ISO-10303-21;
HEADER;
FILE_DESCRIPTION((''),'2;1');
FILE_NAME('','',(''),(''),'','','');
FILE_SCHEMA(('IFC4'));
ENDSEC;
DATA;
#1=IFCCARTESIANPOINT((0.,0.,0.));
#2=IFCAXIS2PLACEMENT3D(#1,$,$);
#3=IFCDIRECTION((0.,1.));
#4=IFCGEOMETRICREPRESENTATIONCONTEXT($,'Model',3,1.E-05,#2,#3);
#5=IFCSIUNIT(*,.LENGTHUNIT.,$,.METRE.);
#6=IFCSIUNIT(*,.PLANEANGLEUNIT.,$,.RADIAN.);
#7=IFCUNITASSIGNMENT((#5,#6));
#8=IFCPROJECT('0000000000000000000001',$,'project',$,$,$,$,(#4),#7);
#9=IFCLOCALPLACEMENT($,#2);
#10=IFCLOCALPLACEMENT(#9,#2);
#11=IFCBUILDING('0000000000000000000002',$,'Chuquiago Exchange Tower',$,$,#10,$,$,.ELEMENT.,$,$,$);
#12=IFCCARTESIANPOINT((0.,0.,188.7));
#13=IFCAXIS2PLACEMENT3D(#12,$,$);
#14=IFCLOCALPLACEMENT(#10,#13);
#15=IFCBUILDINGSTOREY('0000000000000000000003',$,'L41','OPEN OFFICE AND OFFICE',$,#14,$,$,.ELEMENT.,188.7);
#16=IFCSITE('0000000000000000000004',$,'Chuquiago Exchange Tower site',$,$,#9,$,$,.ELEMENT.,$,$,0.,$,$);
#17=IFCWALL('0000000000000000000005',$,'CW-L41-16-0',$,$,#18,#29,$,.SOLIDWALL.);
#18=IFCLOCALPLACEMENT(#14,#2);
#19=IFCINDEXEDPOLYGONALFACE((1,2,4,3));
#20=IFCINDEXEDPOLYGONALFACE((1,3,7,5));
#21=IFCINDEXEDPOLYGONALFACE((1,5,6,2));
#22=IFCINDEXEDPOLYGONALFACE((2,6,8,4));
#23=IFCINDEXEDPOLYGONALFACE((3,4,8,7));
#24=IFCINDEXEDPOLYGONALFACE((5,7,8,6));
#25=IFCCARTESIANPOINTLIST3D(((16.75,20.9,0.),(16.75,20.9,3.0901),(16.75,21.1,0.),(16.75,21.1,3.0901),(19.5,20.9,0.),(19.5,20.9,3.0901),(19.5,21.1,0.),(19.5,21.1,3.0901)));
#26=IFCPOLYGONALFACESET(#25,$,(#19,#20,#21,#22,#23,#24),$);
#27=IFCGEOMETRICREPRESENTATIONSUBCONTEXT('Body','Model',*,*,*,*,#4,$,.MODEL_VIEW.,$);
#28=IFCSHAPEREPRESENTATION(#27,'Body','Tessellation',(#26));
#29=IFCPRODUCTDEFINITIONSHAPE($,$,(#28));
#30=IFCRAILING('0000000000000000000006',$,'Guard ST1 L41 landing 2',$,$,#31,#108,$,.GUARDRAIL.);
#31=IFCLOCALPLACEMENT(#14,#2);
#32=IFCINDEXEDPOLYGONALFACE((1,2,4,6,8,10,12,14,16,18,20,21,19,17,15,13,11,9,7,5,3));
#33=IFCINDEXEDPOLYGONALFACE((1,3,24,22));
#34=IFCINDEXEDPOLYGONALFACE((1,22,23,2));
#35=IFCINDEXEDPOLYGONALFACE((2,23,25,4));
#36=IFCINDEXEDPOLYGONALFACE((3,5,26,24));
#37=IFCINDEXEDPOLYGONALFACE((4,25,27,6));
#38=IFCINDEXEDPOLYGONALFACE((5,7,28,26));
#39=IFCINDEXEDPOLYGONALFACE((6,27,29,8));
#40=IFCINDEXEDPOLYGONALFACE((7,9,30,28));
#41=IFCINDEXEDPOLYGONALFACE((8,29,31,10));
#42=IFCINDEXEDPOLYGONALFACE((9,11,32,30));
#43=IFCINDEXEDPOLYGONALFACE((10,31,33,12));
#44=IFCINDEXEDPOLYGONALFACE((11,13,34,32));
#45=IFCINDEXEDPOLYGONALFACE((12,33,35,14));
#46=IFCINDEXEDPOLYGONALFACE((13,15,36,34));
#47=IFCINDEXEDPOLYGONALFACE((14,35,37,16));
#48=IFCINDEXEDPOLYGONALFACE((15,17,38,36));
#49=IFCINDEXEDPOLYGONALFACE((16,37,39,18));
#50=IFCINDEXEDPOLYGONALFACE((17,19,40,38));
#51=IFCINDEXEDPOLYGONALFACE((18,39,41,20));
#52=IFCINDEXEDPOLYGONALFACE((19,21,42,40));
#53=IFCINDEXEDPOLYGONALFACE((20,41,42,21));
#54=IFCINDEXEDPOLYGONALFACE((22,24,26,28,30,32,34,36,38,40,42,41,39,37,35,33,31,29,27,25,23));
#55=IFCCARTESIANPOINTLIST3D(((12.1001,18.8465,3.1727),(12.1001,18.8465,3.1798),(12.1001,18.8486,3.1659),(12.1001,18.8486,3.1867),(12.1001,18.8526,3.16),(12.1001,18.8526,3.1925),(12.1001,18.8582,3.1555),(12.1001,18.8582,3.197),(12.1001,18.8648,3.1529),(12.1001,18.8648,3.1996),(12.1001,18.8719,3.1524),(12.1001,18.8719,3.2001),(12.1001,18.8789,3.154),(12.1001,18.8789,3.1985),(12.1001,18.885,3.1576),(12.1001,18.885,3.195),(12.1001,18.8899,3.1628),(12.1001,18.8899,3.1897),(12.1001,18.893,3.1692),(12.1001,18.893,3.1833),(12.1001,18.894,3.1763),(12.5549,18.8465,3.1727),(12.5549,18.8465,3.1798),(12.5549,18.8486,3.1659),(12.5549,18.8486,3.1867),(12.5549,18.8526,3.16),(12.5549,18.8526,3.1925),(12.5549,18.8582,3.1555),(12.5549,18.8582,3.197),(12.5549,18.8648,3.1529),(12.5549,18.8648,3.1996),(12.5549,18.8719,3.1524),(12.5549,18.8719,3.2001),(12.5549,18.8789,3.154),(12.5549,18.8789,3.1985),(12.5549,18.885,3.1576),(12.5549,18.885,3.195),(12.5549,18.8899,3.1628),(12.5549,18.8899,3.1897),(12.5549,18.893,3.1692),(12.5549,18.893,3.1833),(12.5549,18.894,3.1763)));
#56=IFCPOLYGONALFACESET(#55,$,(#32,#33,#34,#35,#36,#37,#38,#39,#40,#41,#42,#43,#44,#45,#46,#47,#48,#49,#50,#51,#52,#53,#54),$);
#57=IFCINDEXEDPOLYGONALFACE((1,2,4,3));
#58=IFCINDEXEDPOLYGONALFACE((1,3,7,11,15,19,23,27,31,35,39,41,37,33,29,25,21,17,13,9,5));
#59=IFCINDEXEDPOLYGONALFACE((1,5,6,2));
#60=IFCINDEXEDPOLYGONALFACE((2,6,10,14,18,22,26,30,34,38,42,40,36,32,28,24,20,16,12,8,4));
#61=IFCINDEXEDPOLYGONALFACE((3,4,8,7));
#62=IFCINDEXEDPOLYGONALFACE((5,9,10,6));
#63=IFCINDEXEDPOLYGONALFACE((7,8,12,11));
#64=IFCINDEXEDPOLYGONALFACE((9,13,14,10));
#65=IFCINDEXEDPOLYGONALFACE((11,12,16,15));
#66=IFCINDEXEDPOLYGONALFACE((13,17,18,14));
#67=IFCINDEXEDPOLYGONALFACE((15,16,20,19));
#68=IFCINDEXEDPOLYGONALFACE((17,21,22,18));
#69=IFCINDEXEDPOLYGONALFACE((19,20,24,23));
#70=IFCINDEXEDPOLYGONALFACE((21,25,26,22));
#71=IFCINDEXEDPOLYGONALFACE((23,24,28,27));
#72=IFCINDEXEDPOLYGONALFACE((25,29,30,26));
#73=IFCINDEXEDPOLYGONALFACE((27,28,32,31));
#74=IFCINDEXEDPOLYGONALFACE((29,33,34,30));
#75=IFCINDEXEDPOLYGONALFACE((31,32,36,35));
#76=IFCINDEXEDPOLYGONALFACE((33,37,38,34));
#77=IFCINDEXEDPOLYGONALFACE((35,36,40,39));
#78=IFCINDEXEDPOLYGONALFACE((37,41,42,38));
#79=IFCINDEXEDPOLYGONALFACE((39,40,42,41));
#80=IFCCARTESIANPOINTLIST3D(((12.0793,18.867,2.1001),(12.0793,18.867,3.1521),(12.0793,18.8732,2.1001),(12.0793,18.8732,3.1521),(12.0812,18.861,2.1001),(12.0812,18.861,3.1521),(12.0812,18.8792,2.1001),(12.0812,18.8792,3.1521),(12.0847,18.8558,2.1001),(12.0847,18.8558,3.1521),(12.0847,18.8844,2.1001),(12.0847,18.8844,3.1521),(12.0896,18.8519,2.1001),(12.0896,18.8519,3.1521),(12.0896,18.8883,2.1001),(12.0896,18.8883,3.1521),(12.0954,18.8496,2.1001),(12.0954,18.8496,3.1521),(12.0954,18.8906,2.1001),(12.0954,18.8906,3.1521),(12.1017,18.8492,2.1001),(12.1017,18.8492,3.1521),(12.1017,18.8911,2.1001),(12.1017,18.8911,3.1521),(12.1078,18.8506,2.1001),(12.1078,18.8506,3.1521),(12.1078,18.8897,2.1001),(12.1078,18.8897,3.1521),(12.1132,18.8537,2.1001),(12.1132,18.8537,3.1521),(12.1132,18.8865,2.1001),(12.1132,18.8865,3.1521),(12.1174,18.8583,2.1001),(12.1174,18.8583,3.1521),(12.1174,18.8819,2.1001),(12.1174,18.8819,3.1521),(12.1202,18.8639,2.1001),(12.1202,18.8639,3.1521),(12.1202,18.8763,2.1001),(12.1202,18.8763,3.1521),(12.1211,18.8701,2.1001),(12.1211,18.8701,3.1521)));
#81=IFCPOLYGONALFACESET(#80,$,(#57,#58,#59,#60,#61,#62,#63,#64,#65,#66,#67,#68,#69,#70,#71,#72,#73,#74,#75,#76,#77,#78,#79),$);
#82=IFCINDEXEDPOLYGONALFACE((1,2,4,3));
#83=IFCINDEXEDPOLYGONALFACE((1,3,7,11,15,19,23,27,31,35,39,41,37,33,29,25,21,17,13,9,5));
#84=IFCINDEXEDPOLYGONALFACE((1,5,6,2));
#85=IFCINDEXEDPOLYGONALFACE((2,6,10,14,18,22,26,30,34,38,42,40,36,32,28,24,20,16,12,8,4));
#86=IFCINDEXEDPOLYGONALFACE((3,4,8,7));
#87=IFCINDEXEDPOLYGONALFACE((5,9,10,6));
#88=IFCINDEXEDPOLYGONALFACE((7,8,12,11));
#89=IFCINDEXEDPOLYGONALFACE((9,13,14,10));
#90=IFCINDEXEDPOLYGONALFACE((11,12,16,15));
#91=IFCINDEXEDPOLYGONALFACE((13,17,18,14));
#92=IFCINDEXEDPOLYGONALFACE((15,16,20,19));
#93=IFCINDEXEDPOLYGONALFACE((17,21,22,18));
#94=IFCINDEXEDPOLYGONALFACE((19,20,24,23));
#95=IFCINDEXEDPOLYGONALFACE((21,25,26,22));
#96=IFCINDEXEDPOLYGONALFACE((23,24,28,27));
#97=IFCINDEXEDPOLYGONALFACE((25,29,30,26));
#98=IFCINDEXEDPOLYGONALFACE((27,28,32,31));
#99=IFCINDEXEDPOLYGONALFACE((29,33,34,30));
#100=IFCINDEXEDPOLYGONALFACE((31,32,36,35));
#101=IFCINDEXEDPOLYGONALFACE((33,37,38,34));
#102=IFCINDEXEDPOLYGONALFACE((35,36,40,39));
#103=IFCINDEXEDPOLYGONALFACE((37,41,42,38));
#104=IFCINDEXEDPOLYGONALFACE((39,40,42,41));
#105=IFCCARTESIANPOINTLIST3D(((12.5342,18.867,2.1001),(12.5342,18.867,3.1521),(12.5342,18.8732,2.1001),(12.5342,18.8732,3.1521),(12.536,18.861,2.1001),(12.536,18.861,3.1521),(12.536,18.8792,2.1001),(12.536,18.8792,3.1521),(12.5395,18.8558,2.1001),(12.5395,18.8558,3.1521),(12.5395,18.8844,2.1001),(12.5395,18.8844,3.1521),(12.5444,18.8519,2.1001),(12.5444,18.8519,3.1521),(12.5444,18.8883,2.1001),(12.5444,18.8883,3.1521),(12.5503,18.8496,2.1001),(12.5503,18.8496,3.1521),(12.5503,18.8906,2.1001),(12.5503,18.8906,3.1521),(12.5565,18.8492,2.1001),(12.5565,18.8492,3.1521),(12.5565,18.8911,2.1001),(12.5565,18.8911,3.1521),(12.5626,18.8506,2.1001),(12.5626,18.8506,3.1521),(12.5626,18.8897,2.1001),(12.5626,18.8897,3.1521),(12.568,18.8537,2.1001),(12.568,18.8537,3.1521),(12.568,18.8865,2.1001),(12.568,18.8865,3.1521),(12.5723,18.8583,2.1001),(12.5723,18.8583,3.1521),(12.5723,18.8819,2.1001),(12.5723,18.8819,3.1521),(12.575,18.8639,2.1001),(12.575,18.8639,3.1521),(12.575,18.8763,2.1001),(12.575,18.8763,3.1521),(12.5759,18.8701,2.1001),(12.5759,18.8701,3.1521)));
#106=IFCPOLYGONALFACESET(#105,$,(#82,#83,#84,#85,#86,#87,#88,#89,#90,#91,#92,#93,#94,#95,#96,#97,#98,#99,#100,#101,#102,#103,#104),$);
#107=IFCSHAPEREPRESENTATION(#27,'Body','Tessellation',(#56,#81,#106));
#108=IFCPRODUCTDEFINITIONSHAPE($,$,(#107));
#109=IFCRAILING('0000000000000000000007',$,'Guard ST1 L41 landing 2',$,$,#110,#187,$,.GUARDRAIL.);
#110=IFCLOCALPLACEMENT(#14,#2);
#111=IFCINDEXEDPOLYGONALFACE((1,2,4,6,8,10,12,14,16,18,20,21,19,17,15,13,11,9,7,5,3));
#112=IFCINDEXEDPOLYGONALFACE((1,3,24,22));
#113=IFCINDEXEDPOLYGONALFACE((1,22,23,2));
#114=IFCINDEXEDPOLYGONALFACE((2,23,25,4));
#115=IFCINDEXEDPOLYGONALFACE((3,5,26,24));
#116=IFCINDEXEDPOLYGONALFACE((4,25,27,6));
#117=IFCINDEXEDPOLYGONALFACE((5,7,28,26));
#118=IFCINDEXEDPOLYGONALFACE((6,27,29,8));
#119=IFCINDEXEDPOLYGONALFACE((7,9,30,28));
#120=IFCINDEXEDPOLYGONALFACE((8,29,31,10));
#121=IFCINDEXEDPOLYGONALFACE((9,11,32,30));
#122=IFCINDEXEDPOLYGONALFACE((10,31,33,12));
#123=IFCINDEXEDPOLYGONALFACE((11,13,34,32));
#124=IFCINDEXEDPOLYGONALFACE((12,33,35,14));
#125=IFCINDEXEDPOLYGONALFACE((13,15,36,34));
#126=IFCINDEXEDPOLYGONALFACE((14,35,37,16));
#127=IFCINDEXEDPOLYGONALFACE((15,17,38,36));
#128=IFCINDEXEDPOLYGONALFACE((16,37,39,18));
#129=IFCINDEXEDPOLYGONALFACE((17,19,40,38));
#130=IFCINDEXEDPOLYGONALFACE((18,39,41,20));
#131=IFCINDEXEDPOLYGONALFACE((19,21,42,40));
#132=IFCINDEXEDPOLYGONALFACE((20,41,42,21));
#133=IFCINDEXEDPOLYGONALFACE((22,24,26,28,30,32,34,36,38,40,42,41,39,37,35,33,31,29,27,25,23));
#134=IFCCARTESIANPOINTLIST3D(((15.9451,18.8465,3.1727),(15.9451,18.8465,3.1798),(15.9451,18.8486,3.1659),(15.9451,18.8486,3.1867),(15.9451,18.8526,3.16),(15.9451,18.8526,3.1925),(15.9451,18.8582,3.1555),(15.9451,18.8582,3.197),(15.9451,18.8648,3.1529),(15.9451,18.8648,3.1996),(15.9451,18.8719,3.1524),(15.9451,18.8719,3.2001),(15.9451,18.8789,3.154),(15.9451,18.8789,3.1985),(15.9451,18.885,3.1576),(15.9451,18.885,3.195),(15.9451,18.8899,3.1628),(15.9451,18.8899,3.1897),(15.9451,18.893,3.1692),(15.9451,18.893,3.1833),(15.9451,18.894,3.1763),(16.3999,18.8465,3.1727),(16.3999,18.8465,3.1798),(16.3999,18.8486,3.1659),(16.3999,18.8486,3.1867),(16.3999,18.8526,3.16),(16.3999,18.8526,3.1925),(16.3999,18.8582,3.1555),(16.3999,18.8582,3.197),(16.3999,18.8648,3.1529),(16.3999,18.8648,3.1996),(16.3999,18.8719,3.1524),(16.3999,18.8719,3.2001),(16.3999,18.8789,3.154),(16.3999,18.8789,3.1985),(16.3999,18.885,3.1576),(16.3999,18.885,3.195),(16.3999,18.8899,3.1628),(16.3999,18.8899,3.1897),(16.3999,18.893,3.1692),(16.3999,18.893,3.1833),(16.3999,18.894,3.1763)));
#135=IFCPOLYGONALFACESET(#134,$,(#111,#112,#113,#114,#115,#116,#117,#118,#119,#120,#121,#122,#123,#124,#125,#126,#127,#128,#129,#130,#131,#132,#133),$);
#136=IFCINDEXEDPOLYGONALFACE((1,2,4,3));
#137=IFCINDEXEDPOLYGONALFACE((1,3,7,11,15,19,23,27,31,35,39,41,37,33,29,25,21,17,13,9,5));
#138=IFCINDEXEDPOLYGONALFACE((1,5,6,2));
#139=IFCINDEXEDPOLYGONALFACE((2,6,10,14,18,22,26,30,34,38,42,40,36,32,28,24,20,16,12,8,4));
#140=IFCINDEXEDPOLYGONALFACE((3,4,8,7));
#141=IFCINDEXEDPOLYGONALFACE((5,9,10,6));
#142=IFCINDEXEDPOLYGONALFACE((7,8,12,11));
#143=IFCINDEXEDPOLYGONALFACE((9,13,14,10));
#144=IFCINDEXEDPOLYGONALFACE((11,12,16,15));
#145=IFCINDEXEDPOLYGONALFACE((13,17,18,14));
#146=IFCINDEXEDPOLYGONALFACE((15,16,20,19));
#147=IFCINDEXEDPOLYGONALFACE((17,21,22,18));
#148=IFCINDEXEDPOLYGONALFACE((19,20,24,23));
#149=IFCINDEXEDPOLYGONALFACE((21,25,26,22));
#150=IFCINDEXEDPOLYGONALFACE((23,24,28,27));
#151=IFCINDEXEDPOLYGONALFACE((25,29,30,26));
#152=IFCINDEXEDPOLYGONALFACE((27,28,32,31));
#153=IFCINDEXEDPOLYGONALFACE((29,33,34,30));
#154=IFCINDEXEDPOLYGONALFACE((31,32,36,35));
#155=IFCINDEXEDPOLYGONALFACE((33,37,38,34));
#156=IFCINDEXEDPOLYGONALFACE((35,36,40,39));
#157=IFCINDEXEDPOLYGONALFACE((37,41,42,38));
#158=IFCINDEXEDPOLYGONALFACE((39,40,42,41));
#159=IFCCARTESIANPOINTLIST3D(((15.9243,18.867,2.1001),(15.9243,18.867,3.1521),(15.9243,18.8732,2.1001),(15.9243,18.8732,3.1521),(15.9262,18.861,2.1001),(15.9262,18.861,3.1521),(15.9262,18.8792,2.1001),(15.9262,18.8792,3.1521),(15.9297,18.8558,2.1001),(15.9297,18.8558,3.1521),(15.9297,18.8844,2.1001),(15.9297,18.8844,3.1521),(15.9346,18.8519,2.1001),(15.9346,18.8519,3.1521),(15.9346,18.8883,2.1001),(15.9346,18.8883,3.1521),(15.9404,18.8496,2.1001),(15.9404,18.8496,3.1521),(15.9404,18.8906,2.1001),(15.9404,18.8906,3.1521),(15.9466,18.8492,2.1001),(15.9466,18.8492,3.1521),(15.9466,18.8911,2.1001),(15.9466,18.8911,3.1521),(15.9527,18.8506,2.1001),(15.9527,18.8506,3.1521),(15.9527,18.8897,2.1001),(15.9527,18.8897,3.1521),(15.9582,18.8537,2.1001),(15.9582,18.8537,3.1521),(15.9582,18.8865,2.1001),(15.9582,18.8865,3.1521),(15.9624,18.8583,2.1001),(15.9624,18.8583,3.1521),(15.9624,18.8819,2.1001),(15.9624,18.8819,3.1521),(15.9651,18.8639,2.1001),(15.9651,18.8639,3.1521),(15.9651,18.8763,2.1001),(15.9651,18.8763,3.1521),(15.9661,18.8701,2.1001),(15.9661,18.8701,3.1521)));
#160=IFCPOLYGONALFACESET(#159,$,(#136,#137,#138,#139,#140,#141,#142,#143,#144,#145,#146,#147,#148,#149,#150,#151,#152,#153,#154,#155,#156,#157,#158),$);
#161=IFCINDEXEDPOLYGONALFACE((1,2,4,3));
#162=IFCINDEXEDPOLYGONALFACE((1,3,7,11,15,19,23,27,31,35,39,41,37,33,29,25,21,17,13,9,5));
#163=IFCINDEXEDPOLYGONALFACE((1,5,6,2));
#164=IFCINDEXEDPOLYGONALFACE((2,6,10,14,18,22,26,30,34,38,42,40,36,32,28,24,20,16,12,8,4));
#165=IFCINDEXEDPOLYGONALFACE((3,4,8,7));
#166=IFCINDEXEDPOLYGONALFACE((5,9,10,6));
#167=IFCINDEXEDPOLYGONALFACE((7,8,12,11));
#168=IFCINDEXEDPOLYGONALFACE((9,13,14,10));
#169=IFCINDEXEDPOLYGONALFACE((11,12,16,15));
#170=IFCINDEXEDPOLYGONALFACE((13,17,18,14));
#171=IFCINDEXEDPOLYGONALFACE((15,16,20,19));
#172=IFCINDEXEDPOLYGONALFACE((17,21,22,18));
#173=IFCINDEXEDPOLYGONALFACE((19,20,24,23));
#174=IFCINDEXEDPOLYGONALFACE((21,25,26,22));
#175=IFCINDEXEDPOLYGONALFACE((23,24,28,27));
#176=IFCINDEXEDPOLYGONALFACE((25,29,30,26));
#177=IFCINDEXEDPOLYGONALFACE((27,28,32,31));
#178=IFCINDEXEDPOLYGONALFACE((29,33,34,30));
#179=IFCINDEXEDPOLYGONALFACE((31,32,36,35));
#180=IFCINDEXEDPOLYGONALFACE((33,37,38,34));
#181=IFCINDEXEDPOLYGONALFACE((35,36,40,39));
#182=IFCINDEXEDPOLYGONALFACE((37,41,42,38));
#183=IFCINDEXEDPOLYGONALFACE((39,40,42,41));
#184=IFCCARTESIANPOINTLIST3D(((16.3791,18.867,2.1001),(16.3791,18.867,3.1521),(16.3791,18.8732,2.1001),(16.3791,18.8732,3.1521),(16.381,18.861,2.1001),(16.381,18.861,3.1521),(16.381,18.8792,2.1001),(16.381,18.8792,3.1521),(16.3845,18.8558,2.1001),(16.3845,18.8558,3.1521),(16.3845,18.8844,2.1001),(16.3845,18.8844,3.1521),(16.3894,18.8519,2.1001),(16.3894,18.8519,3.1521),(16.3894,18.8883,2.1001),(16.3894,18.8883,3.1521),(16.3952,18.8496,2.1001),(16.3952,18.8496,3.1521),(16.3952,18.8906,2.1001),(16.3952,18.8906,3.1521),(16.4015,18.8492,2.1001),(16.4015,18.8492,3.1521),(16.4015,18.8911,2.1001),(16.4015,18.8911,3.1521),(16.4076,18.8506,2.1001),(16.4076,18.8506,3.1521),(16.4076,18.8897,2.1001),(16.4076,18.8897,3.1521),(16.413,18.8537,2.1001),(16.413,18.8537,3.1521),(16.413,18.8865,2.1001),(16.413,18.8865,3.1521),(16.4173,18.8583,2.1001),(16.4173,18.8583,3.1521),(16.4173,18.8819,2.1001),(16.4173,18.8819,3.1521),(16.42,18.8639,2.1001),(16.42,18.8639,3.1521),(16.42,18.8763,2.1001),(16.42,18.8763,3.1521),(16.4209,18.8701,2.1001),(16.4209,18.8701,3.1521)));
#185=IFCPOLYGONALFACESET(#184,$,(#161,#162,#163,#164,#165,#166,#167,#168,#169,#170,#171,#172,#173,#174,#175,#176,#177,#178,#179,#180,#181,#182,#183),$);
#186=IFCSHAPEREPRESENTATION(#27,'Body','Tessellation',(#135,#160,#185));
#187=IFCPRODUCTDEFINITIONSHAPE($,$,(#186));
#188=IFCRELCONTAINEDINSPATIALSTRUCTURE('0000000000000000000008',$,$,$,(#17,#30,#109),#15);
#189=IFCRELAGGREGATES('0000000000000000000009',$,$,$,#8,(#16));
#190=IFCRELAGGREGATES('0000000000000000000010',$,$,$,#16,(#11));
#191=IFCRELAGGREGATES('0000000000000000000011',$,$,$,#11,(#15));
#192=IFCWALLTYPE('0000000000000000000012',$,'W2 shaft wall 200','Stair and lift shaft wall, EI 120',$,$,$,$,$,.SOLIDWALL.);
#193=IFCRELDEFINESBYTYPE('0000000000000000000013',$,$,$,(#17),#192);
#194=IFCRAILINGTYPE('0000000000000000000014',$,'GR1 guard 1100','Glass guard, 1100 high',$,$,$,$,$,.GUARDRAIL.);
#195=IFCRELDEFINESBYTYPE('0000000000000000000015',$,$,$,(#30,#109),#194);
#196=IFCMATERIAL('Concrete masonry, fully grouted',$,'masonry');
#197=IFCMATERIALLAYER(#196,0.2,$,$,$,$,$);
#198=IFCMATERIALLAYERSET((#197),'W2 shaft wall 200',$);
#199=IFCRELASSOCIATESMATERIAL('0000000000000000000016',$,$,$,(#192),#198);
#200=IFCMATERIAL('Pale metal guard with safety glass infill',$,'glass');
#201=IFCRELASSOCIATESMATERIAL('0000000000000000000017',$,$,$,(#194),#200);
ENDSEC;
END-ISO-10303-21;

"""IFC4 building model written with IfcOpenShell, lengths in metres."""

from ifc_helpers import new_model, si_unit, direction, frame, frame_2d, origin, origin_2d, place, context, subcontext, project, spatial, rectangle, circle, extrude, material, layer, layer_set, type_object, element, save


model = new_model("IFC4")

# Units and contexts
model_context = context("Model", 3, precision=1e-05, world=origin(), true_north=direction((0.0, 1.0)))
body_context = subcontext(model_context, "Body", "Model", "MODEL_VIEW")
ifc_project = project(units=[si_unit("LENGTHUNIT", "METRE"), si_unit("PLANEANGLEUNIT", "RADIAN")], contexts=[model_context])

# Site, building, storey
site_placement = place(None, origin())
site = spatial("IfcSite", under=ifc_project, at=site_placement, Name="Chuquiago Exchange Tower site", CompositionType="ELEMENT", RefElevation=0.0)
building_placement = place(site_placement, origin())
building = spatial("IfcBuilding", under=site, at=building_placement, Name="Chuquiago Exchange Tower", CompositionType="ELEMENT")
storey_placement = place(building_placement, frame((0.0, 0.0, 188.7)))
storey = spatial("IfcBuildingStorey", under=building, at=storey_placement, Name="L41", Description="OPEN OFFICE AND OFFICE", CompositionType="ELEMENT", Elevation=188.7)

# Shared definitions
ifc_material_1 = material(Name="Concrete masonry, fully grouted", Category="masonry")
ifc_layer_1 = layer(ifc_material_1, 0.2)
ifc_layer_set_1 = layer_set([ifc_layer_1], Name="W2 shaft wall 200")
wall_type_1 = type_object("IfcWallType", Name="W2 shaft wall 200", Description="Stair and lift shaft wall, EI 120", PredefinedType="SOLIDWALL", material=ifc_layer_set_1)

# Wall
wall_1_placement = place(storey_placement, frame((16.75, 21.0, 0.0), z_axis=(0.0, 0.0, 1.0), x_axis=(1.0, 0.0, 0.0)))
element("IfcWall", 1, at=wall_1_placement, inside=storey, type_object=wall_type_1, Name="CW-L41-16-0", PredefinedType="SOLIDWALL", context=body_context, shape_type="SweptSolid", body=[
    extrude(rectangle(XDim=2.75, YDim=0.2, at=frame_2d((1.375, 0.0))), origin(), (0.0, 0.0, 1.0), 3.0901),
])

# Railings
ifc_material_2 = material(Name="Pale metal guard with safety glass infill", Category="glass")
railing_type_1 = type_object("IfcRailingType", Name="GR1 guard 1100", Description="Glass guard, 1100 high", PredefinedType="GUARDRAIL", material=ifc_material_2)
for number, where, name in (
    (2, (12.1001, 18.8701, 2.1001), "Guard ST1 L41 landing 2"),
    (3, (15.9451, 18.8701, 2.1001), "Guard ST1 L41 landing 2"),
):
    element("IfcRailing", number, at=place(storey_placement, frame(where)), inside=storey, type_object=railing_type_1, Name=name, PredefinedType="GUARDRAIL", context=body_context, shape_type="SweptSolid", body=[
        extrude(circle(Radius=0.0239, at=origin_2d()), frame((0.0, 0.0, 1.0762), z_axis=(1.0, 0.0, 0.0), x_axis=(0.0, 1.0, 0.0)), (0.0, 0.0, 1.0), 0.4548),
        extrude(circle(Radius=0.021, at=origin_2d()), origin(), (0.0, 0.0, 1.0), 1.052),
        extrude(circle(Radius=0.021, at=origin_2d()), frame((0.4548, 0.0, 0.0)), (0.0, 0.0, 1.0), 1.052),
    ])

save(model, "model.ifc")
